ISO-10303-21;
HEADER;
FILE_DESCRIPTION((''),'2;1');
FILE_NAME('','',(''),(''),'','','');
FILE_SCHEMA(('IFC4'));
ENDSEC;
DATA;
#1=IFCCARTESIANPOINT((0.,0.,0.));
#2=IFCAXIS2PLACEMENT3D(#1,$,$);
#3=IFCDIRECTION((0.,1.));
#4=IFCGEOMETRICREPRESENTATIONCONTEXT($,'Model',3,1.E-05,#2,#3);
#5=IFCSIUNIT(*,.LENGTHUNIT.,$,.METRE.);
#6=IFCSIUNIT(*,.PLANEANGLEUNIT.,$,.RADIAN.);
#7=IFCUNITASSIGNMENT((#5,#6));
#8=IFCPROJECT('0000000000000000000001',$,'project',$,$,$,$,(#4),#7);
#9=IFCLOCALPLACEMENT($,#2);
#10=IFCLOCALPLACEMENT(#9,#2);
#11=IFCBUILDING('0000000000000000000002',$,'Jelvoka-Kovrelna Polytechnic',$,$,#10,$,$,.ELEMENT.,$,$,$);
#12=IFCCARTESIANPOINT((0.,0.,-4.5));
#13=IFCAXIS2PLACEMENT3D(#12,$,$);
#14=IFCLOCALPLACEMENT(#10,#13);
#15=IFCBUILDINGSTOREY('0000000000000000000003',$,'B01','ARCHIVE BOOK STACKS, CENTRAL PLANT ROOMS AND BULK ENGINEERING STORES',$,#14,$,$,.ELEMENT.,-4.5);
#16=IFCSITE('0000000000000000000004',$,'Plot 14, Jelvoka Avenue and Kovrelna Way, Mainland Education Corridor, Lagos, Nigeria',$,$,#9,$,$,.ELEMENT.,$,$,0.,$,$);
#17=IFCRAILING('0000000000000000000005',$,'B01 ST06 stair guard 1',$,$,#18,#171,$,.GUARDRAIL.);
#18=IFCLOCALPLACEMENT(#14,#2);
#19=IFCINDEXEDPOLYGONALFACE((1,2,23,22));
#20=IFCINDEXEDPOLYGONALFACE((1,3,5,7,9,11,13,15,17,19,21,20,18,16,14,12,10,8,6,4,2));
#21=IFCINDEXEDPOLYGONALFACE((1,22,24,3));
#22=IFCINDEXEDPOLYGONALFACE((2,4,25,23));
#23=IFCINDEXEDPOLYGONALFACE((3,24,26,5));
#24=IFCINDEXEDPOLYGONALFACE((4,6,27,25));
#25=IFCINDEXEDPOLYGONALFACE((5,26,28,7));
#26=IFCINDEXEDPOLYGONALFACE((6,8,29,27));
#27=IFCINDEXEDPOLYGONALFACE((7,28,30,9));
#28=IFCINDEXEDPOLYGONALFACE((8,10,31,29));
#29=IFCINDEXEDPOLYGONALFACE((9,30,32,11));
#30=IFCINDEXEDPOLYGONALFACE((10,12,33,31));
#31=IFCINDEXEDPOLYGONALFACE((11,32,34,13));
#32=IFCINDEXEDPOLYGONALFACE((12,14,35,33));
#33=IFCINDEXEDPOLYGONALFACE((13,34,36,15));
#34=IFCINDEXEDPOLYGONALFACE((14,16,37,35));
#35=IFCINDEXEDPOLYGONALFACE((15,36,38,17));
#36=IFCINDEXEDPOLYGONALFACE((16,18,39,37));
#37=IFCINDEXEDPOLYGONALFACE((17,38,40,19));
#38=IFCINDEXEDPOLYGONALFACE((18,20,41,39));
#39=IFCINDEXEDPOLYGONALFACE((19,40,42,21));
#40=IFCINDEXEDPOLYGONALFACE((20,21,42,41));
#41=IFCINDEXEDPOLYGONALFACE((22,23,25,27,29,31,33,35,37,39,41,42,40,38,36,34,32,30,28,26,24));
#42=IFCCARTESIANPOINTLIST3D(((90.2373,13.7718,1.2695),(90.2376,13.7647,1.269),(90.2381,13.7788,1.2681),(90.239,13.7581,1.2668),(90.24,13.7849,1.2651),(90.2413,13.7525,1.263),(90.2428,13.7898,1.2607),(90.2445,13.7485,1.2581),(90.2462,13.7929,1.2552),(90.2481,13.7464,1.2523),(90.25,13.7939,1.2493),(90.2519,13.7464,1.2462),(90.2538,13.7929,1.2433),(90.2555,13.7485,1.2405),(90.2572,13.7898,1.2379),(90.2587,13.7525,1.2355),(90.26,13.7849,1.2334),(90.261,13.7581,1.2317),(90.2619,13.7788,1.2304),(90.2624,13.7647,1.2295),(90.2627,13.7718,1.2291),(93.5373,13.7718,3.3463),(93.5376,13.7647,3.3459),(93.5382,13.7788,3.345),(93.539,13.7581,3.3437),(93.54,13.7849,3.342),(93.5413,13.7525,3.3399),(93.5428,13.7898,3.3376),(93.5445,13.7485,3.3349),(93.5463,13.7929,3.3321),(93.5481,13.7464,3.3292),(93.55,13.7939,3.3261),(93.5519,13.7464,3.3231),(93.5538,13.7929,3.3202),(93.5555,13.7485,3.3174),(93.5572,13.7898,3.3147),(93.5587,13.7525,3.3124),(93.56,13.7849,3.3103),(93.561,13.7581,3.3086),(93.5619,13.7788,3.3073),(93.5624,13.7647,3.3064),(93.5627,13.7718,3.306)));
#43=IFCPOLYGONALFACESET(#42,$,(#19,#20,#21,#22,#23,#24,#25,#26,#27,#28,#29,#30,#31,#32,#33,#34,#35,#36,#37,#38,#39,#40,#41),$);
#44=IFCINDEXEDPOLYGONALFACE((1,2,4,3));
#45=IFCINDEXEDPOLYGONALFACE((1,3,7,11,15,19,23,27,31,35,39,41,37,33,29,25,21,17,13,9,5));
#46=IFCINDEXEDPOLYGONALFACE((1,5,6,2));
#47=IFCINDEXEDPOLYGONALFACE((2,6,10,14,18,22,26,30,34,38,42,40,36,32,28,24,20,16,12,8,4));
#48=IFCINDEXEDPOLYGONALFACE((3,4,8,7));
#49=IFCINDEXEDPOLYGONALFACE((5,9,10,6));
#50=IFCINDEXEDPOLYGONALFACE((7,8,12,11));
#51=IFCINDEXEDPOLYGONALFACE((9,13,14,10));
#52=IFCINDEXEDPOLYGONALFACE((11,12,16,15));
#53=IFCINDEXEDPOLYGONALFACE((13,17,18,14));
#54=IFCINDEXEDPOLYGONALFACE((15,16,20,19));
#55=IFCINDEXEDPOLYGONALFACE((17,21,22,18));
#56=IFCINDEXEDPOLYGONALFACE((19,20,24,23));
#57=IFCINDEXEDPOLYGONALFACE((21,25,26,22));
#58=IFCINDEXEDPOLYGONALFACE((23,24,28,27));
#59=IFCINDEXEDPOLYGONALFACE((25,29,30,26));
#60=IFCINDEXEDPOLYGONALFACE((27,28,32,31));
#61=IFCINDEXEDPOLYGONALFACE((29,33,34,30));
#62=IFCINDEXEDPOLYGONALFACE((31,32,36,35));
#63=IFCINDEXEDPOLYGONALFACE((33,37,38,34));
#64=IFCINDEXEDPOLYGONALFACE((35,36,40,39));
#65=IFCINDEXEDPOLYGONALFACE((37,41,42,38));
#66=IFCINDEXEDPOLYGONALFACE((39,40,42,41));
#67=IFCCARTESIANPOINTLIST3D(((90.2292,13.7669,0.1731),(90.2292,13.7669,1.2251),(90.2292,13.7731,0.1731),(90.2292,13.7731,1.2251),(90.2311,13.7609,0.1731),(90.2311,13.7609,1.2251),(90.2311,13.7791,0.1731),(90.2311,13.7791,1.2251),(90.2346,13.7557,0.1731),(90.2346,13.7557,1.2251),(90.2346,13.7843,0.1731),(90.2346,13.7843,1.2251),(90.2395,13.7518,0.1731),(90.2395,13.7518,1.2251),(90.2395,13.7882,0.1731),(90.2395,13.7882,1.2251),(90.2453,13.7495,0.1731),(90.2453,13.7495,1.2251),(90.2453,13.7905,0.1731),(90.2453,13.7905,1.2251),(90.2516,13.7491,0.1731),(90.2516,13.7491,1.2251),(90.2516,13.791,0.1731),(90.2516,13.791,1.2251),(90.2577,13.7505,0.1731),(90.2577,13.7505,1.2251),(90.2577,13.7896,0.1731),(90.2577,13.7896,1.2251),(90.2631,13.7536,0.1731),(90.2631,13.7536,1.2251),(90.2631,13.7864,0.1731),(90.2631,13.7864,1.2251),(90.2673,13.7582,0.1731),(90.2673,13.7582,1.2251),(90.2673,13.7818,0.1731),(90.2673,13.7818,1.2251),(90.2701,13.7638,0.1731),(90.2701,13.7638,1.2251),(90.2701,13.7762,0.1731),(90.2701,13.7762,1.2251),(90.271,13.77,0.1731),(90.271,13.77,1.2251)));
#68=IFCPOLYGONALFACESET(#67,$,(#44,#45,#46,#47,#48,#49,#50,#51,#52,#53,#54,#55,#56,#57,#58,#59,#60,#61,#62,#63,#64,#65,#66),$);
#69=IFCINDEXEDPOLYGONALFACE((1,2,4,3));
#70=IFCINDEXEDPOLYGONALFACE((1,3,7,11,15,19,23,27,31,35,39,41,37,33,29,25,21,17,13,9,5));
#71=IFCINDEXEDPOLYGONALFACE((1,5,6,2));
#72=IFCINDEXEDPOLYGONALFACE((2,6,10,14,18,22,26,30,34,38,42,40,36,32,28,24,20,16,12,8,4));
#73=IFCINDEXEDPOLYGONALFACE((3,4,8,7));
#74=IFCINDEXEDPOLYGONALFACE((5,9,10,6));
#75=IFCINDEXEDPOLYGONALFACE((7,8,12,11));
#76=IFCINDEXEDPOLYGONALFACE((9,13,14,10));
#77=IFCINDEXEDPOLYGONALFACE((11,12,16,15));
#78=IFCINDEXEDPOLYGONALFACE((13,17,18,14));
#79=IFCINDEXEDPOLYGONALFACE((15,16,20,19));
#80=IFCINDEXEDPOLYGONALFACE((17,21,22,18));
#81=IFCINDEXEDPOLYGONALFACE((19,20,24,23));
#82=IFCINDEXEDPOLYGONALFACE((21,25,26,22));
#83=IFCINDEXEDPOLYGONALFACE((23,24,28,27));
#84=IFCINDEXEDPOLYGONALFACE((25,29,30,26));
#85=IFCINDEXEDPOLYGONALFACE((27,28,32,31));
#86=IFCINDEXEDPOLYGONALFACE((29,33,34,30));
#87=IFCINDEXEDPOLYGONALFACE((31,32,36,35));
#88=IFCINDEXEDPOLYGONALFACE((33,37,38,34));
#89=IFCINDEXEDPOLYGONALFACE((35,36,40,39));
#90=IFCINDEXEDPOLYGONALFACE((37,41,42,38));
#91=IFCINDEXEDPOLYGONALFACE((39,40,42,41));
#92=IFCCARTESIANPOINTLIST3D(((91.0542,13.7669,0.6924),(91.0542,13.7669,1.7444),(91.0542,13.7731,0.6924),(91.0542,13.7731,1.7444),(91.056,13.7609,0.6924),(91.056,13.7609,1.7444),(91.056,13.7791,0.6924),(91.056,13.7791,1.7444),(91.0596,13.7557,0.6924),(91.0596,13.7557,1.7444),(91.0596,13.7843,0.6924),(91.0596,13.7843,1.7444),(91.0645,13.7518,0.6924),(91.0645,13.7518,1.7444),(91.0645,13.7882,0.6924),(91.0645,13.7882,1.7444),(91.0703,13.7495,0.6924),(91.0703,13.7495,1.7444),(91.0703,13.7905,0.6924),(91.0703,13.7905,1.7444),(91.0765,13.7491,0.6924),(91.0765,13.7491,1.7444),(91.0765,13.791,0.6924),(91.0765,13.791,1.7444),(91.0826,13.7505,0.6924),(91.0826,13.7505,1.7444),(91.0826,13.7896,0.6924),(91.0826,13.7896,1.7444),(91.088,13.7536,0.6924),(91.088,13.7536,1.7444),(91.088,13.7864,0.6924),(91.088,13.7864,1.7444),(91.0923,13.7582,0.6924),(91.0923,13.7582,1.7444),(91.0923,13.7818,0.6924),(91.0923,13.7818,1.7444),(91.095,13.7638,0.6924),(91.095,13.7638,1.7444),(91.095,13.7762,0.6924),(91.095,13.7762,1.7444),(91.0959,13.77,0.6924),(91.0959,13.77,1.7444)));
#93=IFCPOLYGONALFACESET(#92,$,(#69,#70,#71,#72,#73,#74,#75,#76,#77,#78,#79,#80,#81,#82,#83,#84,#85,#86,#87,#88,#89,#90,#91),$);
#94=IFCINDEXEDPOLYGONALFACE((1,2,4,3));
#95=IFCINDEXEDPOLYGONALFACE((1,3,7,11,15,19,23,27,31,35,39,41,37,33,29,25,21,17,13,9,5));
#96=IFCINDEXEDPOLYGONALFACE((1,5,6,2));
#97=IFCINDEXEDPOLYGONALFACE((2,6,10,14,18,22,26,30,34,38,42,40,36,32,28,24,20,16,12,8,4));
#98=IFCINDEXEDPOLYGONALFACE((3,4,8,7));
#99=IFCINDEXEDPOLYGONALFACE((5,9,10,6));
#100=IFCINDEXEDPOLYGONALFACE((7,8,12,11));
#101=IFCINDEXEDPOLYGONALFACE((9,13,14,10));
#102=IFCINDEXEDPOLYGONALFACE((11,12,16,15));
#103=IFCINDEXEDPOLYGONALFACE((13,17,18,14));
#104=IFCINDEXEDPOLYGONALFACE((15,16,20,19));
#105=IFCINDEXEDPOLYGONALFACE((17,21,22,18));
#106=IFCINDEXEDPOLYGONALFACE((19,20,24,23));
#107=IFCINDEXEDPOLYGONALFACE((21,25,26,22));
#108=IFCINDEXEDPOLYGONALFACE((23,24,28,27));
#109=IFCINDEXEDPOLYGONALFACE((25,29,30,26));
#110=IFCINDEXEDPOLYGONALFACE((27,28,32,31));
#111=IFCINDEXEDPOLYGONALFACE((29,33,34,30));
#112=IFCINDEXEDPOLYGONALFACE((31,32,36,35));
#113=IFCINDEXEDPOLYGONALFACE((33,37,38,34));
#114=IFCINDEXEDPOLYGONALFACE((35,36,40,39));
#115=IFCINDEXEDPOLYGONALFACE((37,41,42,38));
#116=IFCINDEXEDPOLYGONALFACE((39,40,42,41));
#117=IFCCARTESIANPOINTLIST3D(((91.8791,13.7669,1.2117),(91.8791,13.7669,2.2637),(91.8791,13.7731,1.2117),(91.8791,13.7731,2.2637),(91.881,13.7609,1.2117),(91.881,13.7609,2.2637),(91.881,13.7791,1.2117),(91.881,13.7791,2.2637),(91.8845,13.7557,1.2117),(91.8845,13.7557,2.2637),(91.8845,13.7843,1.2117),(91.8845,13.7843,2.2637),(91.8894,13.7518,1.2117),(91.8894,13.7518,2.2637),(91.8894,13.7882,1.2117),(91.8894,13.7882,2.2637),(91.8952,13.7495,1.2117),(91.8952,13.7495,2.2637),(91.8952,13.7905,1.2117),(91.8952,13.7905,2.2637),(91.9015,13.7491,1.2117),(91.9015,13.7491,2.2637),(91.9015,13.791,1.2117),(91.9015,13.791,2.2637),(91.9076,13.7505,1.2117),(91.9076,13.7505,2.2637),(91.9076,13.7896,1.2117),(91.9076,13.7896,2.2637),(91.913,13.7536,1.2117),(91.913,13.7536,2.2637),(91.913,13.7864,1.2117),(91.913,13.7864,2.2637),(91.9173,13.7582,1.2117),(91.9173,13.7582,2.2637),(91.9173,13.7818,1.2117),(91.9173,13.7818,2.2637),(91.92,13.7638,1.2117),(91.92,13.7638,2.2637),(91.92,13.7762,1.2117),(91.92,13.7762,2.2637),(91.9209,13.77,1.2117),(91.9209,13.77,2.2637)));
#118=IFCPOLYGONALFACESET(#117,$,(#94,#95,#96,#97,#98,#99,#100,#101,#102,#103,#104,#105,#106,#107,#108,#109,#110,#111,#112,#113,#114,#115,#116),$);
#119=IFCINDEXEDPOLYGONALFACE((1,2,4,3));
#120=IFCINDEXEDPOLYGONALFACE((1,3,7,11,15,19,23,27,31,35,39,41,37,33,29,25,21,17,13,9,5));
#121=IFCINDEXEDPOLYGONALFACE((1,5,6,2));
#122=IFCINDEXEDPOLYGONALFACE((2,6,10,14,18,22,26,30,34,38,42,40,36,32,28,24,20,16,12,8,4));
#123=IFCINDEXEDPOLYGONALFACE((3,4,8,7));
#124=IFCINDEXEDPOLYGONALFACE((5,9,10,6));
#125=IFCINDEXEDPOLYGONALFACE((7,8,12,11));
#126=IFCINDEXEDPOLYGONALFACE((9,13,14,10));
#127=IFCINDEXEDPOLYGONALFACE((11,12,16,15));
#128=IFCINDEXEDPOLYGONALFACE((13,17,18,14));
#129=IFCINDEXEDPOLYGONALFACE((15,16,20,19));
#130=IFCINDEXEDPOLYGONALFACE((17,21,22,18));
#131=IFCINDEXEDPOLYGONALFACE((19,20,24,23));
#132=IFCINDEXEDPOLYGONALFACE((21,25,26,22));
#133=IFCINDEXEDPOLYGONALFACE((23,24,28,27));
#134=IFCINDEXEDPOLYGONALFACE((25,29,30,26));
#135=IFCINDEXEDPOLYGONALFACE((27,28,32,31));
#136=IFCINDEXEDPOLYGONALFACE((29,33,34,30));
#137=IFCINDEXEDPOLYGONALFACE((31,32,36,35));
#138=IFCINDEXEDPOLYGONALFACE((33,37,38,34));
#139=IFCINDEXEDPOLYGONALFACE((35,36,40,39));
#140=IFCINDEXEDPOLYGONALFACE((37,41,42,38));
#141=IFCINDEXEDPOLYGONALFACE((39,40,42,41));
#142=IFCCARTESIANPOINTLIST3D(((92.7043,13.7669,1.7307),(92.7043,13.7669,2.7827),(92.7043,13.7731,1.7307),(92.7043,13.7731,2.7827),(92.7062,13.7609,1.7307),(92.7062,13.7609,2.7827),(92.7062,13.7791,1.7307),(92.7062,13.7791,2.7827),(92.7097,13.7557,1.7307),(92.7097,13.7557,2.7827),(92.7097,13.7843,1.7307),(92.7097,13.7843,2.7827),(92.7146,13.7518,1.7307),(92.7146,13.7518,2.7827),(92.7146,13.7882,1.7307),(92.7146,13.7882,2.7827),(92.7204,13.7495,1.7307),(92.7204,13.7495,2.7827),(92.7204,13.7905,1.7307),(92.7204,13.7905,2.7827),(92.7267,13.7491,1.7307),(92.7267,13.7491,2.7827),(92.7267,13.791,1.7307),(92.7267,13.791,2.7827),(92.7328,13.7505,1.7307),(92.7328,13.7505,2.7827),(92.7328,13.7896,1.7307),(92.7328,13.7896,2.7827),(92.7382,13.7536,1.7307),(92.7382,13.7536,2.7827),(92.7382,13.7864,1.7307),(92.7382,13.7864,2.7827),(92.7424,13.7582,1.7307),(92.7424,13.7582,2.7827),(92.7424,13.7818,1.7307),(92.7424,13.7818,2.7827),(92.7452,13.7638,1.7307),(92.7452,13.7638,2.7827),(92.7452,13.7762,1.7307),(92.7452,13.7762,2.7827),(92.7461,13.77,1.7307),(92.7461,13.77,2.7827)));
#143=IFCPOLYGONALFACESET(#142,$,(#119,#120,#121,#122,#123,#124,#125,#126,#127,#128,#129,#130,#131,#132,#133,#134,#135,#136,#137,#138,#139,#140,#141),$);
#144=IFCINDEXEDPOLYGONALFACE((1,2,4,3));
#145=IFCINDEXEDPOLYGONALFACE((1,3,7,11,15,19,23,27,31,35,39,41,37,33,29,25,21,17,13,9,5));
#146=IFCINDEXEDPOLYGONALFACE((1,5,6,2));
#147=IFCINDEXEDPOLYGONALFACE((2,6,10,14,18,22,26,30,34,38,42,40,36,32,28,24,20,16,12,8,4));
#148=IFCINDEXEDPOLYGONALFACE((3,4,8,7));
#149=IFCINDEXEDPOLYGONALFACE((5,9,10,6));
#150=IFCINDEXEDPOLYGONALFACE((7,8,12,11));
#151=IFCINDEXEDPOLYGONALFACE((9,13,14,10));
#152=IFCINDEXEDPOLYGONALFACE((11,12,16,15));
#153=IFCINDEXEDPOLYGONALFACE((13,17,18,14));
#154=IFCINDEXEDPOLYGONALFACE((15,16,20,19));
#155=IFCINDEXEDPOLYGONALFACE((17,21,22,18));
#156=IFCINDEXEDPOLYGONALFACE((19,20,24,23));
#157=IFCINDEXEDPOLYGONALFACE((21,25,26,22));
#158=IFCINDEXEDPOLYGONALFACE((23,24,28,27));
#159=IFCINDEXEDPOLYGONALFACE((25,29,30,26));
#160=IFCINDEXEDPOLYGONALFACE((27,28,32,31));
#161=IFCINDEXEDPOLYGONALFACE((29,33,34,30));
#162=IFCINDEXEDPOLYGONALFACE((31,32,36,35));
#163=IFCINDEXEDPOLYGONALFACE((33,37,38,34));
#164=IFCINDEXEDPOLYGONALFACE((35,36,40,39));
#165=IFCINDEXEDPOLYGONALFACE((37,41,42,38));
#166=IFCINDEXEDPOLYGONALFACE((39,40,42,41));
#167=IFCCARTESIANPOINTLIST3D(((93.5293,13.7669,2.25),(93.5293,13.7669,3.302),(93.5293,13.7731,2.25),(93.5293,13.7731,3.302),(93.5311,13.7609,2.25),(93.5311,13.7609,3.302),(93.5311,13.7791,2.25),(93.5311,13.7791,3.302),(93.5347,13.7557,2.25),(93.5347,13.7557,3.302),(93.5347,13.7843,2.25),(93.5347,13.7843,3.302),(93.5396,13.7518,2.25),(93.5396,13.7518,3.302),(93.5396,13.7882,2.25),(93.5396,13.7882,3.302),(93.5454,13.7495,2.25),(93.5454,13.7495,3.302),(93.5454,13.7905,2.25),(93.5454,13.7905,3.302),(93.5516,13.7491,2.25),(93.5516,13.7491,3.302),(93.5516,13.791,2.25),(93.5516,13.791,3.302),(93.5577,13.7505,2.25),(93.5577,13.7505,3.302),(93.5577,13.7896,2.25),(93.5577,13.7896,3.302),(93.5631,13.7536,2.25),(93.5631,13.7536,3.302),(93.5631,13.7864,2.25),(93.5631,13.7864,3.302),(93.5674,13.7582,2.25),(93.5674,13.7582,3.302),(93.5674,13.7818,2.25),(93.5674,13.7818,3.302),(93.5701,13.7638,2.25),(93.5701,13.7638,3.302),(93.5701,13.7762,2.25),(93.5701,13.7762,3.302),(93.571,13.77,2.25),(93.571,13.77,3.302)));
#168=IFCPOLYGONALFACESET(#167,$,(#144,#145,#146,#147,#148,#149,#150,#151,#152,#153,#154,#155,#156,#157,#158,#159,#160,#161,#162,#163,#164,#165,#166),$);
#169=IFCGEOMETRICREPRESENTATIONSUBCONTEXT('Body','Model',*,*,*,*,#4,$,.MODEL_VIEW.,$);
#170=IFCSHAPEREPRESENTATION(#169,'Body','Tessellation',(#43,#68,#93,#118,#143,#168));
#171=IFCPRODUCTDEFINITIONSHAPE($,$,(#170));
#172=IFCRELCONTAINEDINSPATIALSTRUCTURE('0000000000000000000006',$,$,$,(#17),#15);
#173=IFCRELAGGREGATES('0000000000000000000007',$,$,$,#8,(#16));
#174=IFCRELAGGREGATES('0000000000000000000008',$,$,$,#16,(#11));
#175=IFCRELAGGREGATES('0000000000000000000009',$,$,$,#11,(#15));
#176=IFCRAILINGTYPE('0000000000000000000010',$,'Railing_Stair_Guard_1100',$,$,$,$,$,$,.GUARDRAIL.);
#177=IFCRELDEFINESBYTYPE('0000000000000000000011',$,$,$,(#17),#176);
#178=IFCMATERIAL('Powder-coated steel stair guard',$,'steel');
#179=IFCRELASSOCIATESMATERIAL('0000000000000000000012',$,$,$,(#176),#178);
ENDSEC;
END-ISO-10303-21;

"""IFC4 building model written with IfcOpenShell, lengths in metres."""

from ifc_helpers import new_model, si_unit, direction, frame, origin, origin_2d, place, context, subcontext, project, spatial, circle, extrude, material, type_object, element, save


model = new_model("IFC4")

# Units and contexts
model_context = context("Model", 3, precision=1e-05, world=origin(), true_north=direction((0.0, 1.0)))
body_context = subcontext(model_context, "Body", "Model", "MODEL_VIEW")
ifc_project = project(units=[si_unit("LENGTHUNIT", "METRE"), si_unit("PLANEANGLEUNIT", "RADIAN")], contexts=[model_context])

# Site, building, storey
site_placement = place(None, origin())
site = spatial("IfcSite", under=ifc_project, at=site_placement, Name="Plot 14, Jelvoka Avenue and Kovrelna Way, Mainland Education Corridor, Lagos, Nigeria", CompositionType="ELEMENT", RefElevation=0.0)
building_placement = place(site_placement, origin())
building = spatial("IfcBuilding", under=site, at=building_placement, Name="Jelvoka-Kovrelna Polytechnic", CompositionType="ELEMENT")
storey_placement = place(building_placement, frame((0.0, 0.0, -4.5)))
storey = spatial("IfcBuildingStorey", under=building, at=storey_placement, Name="B01", Description="ARCHIVE BOOK STACKS, CENTRAL PLANT ROOMS AND BULK ENGINEERING STORES", CompositionType="ELEMENT", Elevation=-4.5)

# Railing
ifc_material_1 = material(Name="Powder-coated steel stair guard", Category="steel")
railing_type_1 = type_object("IfcRailingType", Name="Railing_Stair_Guard_1100", PredefinedType="GUARDRAIL", material=ifc_material_1)
railing_1_placement = place(storey_placement, frame((90.25, 13.77, 0.1731)))
element("IfcRailing", 1, at=railing_1_placement, inside=storey, type_object=railing_type_1, Name="B01 ST06 stair guard 1", PredefinedType="GUARDRAIL", context=body_context, shape_type="SweptSolid", body=[
    extrude(circle(Radius=0.0239, at=origin_2d()), frame((0.0, 0.0, 1.0762), z_axis=(0.846337, 0.0, 0.532647), x_axis=(0.0, 1.0, 0.0)), (0.0, 0.0, 1.0), 3.8992),
    extrude(circle(Radius=0.021, at=origin_2d()), origin(), (0.0, 0.0, 1.0), 1.052),
    extrude(circle(Radius=0.021, at=origin_2d()), frame((0.825, 0.0, 0.5193)), (0.0, 0.0, 1.0), 1.052),
    extrude(circle(Radius=0.021, at=origin_2d()), frame((1.6499, 0.0, 1.0386)), (0.0, 0.0, 1.0), 1.052),
    extrude(circle(Radius=0.021, at=origin_2d()), frame((2.4751, 0.0, 1.5576)), (0.0, 0.0, 1.0), 1.052),
    extrude(circle(Radius=0.021, at=origin_2d()), frame((3.3, 0.0, 2.0769)), (0.0, 0.0, 1.0), 1.052),
])

save(model, "model.ifc")
